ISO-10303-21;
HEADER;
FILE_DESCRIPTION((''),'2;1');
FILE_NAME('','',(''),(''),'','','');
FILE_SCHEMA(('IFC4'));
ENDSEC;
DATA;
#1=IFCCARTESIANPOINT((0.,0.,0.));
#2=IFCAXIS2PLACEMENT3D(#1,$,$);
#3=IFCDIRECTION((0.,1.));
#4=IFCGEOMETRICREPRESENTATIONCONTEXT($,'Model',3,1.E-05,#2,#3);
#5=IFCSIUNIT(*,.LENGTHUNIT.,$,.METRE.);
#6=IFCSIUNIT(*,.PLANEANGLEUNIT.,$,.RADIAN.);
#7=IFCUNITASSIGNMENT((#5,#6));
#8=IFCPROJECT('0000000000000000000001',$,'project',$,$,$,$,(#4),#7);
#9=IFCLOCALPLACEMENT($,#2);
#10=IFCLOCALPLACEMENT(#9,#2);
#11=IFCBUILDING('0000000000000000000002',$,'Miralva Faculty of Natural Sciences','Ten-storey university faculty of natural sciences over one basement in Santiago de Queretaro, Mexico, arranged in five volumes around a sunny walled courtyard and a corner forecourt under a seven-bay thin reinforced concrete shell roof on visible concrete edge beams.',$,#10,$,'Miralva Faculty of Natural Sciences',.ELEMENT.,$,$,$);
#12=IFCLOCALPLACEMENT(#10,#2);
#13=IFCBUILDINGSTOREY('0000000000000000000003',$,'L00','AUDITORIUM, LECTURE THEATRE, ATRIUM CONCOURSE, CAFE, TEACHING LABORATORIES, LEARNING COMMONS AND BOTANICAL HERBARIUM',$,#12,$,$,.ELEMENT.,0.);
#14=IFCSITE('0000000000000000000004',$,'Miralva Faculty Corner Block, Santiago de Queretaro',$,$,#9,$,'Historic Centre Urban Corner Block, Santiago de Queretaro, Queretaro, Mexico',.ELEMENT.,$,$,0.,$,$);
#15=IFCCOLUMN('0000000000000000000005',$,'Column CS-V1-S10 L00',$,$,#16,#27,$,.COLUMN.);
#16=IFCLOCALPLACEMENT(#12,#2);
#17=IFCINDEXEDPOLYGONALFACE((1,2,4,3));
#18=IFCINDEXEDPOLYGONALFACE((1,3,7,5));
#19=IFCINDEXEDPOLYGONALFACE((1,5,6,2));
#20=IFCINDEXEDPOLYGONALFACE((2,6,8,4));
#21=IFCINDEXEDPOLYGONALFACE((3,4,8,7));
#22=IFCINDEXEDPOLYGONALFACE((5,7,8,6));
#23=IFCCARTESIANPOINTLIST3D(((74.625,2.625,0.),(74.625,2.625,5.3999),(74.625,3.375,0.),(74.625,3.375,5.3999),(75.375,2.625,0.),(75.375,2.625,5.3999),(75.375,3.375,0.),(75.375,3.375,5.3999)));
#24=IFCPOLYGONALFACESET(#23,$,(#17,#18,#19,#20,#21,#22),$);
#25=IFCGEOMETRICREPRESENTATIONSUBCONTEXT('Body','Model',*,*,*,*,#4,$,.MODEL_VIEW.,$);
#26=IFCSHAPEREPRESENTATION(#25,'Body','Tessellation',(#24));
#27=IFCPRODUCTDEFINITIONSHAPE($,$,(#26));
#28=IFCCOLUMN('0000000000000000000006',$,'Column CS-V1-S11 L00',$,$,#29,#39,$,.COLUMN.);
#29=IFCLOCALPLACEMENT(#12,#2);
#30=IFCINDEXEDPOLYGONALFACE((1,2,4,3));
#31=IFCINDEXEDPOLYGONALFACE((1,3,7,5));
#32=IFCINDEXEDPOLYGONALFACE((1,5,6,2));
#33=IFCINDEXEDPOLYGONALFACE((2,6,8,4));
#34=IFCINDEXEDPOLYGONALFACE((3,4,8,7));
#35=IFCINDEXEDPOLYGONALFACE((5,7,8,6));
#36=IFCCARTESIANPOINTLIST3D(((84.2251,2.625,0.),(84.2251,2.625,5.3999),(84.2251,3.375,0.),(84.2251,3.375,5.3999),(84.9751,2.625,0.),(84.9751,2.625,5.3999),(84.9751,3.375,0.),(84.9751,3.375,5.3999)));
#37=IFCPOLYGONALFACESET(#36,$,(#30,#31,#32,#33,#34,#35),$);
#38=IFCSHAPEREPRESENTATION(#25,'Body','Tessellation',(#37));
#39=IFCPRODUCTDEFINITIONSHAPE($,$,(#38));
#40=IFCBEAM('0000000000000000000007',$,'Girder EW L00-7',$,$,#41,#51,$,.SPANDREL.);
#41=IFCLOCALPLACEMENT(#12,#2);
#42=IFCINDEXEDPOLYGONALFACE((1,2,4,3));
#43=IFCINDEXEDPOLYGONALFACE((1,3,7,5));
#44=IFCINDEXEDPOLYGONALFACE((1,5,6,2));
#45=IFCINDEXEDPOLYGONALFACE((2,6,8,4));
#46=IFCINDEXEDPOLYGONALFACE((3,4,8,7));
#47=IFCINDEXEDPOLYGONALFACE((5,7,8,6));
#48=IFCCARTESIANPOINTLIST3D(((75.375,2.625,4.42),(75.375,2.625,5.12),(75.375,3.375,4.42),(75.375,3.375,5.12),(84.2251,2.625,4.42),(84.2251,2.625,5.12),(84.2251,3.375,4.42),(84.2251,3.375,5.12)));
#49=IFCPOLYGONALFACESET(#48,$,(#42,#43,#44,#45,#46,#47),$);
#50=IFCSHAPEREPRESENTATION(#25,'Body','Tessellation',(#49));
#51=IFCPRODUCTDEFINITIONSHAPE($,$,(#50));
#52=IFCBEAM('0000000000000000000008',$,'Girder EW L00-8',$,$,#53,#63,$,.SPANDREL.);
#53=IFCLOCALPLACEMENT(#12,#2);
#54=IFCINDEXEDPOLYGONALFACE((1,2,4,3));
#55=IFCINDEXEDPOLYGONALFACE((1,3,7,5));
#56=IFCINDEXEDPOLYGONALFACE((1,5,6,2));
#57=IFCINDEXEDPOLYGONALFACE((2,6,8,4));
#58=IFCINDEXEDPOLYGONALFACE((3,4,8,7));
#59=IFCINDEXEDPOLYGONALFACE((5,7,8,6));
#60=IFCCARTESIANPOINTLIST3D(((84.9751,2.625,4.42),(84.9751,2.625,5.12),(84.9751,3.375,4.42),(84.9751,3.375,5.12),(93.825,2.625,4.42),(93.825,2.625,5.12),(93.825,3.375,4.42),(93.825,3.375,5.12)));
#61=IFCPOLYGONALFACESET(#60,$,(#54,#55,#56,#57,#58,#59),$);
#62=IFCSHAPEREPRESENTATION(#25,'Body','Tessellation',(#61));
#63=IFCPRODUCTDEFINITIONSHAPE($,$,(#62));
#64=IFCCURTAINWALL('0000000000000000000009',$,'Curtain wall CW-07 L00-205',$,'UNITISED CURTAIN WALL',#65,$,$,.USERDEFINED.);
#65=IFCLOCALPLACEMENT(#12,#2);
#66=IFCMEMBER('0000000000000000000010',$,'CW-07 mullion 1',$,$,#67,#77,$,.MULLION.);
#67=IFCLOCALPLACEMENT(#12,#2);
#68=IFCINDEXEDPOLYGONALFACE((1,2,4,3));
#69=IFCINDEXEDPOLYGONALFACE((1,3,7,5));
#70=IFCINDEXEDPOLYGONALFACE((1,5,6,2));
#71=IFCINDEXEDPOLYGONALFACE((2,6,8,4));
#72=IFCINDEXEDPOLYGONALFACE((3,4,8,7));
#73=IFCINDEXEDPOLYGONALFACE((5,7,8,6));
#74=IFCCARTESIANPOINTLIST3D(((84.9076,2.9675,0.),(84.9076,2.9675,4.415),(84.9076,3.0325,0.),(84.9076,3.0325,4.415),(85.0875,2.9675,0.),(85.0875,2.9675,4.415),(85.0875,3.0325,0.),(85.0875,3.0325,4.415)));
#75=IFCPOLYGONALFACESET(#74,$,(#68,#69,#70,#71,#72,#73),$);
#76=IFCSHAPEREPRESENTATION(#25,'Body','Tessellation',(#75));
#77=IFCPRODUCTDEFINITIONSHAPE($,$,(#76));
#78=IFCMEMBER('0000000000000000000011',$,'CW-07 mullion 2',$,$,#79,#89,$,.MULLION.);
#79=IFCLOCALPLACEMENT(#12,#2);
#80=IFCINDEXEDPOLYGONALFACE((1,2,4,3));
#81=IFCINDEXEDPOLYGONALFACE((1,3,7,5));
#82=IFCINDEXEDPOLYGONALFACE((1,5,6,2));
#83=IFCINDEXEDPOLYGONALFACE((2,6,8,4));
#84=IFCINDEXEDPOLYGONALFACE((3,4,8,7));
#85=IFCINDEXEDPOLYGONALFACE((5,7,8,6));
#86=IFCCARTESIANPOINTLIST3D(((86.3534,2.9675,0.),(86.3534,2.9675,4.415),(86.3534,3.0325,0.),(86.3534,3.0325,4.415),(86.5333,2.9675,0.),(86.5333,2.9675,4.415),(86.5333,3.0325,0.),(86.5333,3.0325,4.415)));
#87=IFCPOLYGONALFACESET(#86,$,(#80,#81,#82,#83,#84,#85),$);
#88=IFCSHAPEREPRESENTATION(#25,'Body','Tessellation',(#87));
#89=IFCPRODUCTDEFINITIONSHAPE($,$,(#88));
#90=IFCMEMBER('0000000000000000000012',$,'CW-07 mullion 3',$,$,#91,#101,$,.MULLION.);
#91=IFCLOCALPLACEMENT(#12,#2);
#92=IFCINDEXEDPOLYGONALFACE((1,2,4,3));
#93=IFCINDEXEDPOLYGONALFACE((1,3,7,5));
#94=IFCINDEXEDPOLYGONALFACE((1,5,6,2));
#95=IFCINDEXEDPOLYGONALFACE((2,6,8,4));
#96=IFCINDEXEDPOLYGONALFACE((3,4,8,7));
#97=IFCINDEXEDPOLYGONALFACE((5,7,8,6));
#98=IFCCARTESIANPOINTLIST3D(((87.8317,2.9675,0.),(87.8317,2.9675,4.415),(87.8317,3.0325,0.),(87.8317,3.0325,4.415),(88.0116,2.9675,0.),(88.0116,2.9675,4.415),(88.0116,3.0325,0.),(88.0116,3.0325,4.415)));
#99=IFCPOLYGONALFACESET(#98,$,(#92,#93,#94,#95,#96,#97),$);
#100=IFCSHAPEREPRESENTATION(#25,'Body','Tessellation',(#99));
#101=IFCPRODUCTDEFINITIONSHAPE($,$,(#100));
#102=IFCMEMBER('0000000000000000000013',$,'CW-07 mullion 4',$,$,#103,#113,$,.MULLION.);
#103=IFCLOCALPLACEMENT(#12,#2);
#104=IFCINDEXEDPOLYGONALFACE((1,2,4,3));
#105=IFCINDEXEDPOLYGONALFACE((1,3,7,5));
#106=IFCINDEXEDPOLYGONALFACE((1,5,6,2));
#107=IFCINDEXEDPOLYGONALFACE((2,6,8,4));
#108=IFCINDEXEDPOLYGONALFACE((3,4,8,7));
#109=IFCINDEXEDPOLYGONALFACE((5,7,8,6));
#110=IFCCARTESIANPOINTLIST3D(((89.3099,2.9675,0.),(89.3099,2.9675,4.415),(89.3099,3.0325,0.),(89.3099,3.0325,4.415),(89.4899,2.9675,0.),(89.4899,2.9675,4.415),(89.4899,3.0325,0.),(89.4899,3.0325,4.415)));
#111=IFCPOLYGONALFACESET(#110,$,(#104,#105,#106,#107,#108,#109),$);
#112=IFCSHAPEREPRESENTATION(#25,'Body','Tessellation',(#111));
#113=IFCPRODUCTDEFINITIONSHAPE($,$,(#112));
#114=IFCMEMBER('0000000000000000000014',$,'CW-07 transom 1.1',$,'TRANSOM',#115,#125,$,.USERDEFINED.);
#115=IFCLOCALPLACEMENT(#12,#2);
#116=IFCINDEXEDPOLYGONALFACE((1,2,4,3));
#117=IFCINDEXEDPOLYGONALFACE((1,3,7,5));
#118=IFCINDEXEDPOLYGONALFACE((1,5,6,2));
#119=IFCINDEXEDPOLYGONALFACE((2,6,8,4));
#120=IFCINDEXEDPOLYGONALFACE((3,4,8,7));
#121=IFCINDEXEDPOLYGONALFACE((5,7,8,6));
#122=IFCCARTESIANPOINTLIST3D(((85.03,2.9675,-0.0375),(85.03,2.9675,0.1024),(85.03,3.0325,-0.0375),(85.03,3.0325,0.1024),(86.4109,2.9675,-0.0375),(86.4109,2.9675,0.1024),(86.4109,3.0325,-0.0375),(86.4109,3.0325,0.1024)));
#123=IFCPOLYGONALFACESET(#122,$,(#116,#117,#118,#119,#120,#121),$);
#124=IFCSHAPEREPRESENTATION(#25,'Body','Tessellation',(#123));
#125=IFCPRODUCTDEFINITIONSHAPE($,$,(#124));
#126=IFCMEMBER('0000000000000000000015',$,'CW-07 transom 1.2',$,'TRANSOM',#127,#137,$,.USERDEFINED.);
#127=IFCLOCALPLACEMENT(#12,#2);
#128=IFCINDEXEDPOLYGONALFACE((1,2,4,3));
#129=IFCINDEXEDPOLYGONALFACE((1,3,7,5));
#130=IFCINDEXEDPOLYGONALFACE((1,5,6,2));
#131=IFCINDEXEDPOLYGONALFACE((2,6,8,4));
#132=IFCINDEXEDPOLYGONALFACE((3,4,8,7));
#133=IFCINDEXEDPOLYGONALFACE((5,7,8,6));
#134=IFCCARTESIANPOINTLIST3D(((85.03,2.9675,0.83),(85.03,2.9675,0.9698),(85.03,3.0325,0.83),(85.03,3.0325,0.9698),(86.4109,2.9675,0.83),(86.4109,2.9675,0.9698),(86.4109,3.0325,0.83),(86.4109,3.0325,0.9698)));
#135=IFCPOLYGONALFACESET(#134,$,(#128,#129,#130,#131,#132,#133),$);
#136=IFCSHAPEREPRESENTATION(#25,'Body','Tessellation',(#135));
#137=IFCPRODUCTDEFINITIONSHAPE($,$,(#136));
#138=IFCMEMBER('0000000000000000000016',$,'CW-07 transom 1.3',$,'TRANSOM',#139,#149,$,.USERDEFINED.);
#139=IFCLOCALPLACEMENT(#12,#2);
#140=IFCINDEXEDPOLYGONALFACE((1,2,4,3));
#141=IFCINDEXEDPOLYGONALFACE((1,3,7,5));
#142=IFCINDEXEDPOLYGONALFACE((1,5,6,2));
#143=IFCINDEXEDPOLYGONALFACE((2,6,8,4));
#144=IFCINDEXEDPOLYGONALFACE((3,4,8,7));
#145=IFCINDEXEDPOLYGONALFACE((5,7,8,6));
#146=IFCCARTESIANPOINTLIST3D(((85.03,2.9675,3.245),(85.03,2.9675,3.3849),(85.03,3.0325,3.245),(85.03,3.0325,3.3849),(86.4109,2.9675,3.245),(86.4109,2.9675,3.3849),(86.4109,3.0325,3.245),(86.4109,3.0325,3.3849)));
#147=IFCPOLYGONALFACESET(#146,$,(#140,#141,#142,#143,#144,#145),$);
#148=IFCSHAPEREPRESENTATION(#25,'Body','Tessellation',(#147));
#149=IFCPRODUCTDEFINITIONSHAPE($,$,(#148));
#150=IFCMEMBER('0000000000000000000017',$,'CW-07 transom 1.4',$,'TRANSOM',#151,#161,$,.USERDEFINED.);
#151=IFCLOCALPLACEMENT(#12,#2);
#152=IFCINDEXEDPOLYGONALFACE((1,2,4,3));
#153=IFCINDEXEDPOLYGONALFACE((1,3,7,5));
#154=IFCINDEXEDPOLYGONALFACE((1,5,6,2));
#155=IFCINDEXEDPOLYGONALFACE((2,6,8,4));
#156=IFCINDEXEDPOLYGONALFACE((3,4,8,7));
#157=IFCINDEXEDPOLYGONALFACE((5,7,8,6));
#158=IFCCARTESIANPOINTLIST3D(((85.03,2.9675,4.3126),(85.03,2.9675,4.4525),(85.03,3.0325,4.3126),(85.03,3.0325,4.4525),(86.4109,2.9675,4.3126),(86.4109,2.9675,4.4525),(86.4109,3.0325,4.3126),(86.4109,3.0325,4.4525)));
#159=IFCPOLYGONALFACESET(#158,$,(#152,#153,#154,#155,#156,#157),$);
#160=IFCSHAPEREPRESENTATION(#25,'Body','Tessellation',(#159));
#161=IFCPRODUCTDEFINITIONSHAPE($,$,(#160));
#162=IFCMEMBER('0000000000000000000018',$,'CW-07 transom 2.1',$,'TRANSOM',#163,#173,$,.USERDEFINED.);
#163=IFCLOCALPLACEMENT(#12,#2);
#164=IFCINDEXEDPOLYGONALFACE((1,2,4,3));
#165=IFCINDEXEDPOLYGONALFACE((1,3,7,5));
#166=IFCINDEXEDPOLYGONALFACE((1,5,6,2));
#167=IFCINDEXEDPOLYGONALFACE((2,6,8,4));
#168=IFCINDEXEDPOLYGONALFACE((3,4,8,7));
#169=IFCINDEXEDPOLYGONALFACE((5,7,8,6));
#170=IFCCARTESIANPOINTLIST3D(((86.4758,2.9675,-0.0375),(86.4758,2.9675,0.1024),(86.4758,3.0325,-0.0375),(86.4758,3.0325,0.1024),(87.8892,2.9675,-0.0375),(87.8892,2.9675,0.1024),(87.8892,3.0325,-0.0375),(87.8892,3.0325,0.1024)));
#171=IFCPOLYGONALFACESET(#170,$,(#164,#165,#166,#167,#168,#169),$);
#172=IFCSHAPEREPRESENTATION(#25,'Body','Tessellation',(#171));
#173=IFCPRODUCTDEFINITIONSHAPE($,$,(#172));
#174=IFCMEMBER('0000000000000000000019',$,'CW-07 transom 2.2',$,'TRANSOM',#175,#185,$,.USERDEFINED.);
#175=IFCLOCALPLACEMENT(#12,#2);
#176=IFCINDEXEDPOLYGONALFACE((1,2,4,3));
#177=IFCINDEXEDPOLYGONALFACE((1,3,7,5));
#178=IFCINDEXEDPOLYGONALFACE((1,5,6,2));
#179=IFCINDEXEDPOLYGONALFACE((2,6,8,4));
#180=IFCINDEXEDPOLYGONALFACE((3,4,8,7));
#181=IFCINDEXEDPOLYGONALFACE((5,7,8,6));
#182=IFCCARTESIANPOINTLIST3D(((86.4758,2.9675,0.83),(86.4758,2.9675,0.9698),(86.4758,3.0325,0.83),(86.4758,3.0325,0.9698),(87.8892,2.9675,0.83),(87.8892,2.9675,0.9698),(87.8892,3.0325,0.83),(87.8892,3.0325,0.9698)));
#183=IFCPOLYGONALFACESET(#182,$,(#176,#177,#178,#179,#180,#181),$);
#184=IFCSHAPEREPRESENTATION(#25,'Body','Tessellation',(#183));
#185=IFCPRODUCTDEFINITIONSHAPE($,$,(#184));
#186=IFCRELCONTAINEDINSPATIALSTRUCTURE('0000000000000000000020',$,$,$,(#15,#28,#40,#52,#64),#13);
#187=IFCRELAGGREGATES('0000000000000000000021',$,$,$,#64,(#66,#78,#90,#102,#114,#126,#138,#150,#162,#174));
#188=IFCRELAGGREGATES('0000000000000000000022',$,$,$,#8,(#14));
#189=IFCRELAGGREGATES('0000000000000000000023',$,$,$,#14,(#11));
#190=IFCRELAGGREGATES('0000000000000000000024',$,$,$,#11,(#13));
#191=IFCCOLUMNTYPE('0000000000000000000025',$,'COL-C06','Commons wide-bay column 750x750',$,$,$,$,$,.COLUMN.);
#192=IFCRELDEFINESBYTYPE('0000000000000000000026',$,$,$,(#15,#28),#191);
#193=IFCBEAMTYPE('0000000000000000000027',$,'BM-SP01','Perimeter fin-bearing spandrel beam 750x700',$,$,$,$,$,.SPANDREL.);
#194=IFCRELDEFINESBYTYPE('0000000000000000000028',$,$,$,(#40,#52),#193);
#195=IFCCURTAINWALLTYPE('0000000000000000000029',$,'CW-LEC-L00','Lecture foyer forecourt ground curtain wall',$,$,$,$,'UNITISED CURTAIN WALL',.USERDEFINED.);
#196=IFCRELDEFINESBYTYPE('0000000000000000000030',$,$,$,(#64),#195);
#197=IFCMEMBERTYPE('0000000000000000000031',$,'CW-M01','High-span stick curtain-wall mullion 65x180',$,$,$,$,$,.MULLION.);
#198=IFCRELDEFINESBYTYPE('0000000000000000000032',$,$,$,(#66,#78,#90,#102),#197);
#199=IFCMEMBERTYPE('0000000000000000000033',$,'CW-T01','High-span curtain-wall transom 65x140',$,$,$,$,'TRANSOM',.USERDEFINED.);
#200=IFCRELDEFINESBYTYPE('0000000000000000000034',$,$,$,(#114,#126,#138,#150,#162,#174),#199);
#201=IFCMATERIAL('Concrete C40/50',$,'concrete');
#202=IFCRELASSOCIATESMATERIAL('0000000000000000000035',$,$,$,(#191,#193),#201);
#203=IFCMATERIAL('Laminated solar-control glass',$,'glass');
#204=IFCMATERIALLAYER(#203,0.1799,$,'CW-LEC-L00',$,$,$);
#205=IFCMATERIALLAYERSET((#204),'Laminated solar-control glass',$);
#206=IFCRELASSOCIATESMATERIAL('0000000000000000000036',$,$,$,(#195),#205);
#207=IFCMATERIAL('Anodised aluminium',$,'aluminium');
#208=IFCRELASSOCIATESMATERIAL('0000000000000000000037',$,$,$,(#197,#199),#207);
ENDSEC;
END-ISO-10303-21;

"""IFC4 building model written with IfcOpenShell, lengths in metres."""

from ifc_helpers import new_model, si_unit, direction, frame, origin, origin_2d, place, context, subcontext, project, spatial, rectangle, extrude, material, layer, layer_set, material_profile, profile_set, type_object, element, aggregate, save


model = new_model("IFC4")

# Units and contexts
model_context = context("Model", 3, precision=1e-05, world=origin(), true_north=direction((0.0, 1.0)))
body_context = subcontext(model_context, "Body", "Model", "MODEL_VIEW")
ifc_project = project(units=[si_unit("LENGTHUNIT", "METRE"), si_unit("PLANEANGLEUNIT", "RADIAN")], contexts=[model_context])

# Site, building, storey
site_placement = place(None, origin())
site = spatial("IfcSite", under=ifc_project, at=site_placement, Name="Miralva Faculty Corner Block, Santiago de Queretaro", LongName="Historic Centre Urban Corner Block, Santiago de Queretaro, Queretaro, Mexico", CompositionType="ELEMENT", RefElevation=0.0)
building_placement = place(site_placement, origin())
building = spatial("IfcBuilding", under=site, at=building_placement, Name="Miralva Faculty of Natural Sciences", Description="Ten-storey university faculty of natural sciences over one basement in Santiago de Queretaro, Mexico, arranged in five volumes around a sunny walled courtyard and a corner forecourt under a seven-bay thin reinforced concrete shell roof on visible concrete edge beams.", LongName="Miralva Faculty of Natural Sciences", CompositionType="ELEMENT")
storey_placement = place(building_placement, origin())
storey = spatial("IfcBuildingStorey", under=building, at=storey_placement, Name="L00", Description="AUDITORIUM, LECTURE THEATRE, ATRIUM CONCOURSE, CAFE, TEACHING LABORATORIES, LEARNING COMMONS AND BOTANICAL HERBARIUM", CompositionType="ELEMENT", Elevation=0.0)

# Columns
ifc_material_1 = material(Name="Concrete C40/50", Category="concrete")
ifc_material_profile_1 = material_profile(ifc_material_1, rectangle(XDim=0.75, YDim=0.75, at=origin_2d()), Name="RC 750x750")
ifc_profile_set_1 = profile_set([ifc_material_profile_1], Name="Concrete C40/50")
column_type = type_object("IfcColumnType", Name="COL-C06", Description="Commons wide-bay column 750x750", PredefinedType="COLUMN", material=ifc_profile_set_1)
for number, where, z_axis, x_axis, name in (
    (1, (75.0, 3.0, 0.0), (0.0, 0.0, 1.0), (1.0, 0.0, 0.0), "Column CS-V1-S10 L00"),
    (2, (84.6001, 3.0, 0.0), (0.0, 0.0, 1.0), (1.0, 0.0, 0.0), "Column CS-V1-S11 L00"),
):
    element("IfcColumn", number, at=place(storey_placement, frame(where, z_axis=z_axis, x_axis=x_axis)), inside=storey, type_object=column_type, Name=name, PredefinedType="COLUMN", context=body_context, shape_type="SweptSolid", body=[
        extrude(rectangle(XDim=0.75, YDim=0.75, at=origin_2d()), origin(), (0.0, 0.0, 1.0), 5.3999),
    ])

# Beams
ifc_material_profile_2 = material_profile(ifc_material_1, rectangle(XDim=0.75, YDim=0.7, at=origin_2d()), Name="RC 750x700")
ifc_profile_set_2 = profile_set([ifc_material_profile_2], Name="Concrete C40/50")
beam_type = type_object("IfcBeamType", Name="BM-SP01", Description="Perimeter fin-bearing spandrel beam 750x700", PredefinedType="SPANDREL", material=ifc_profile_set_2)
beam_1_placement = place(storey_placement, frame((75.375, 3.0, 4.77), z_axis=(1.0, 0.0, 0.0), x_axis=(0.0, 1.0, 0.0)))
element("IfcBeam", 3, at=beam_1_placement, inside=storey, type_object=beam_type, Name="Girder EW L00-7", PredefinedType="SPANDREL", context=body_context, shape_type="SweptSolid", body=[
    extrude(rectangle(XDim=0.75, YDim=0.7, at=origin_2d()), origin(), (0.0, 0.0, 1.0), 8.8501),
])
beam_2_placement = place(storey_placement, frame((84.9751, 3.0, 4.77), z_axis=(1.0, 0.0, 0.0), x_axis=(0.0, 1.0, 0.0)))
element("IfcBeam", 4, at=beam_2_placement, inside=storey, type_object=beam_type, Name="Girder EW L00-8", PredefinedType="SPANDREL", context=body_context, shape_type="SweptSolid", body=[
    extrude(rectangle(XDim=0.75, YDim=0.7, at=origin_2d()), origin(), (0.0, 0.0, 1.0), 8.8499),
])

# Curtain wall, members
ifc_material_2 = material(Name="Laminated solar-control glass", Category="glass")
ifc_layer_1 = layer(ifc_material_2, 0.1799, Name="CW-LEC-L00")
ifc_layer_set_1 = layer_set([ifc_layer_1], Name="Laminated solar-control glass")
curtain_wall_type = type_object("IfcCurtainWallType", Name="CW-LEC-L00", Description="Lecture foyer forecourt ground curtain wall", ElementType="UNITISED CURTAIN WALL", PredefinedType="USERDEFINED", material=ifc_layer_set_1)
curtain_wall_placement = place(storey_placement, origin())
curtain_wall = element("IfcCurtainWall", 5, at=curtain_wall_placement, inside=storey, type_object=curtain_wall_type, Name="Curtain wall CW-07 L00-205", ObjectType="UNITISED CURTAIN WALL", PredefinedType="USERDEFINED")
ifc_material_3 = material(Name="Anodised aluminium", Category="aluminium")
ifc_material_profile_3 = material_profile(ifc_material_3, rectangle(XDim=0.0649, YDim=0.1799, at=origin_2d()), Name="MULLION 65x180")
ifc_profile_set_3 = profile_set([ifc_material_profile_3], Name="Anodised aluminium")
member_type_1 = type_object("IfcMemberType", Name="CW-M01", Description="High-span stick curtain-wall mullion 65x180", PredefinedType="MULLION", material=ifc_profile_set_3)
member_1_placement = place(storey_placement, frame((84.9976, 3.0, 0.0), z_axis=(0.0, 0.0, 1.0), x_axis=(0.0, 1.0, 0.0)))
member_1 = element("IfcMember", 6, at=member_1_placement, type_object=member_type_1, Name="CW-07 mullion 1", PredefinedType="MULLION", context=body_context, shape_type="SweptSolid", body=[
    extrude(rectangle(XDim=0.0649, YDim=0.1799, at=origin_2d()), origin(), (0.0, 0.0, 1.0), 4.415),
])
member_2_placement = place(storey_placement, frame((86.4434, 3.0, 0.0), z_axis=(0.0, 0.0, 1.0), x_axis=(0.0, 1.0, 0.0)))
member_2 = element("IfcMember", 7, at=member_2_placement, type_object=member_type_1, Name="CW-07 mullion 2", PredefinedType="MULLION", context=body_context, shape_type="SweptSolid", body=[
    extrude(rectangle(XDim=0.0649, YDim=0.1799, at=origin_2d()), origin(), (0.0, 0.0, 1.0), 4.415),
])
member_3_placement = place(storey_placement, frame((87.9216, 3.0, 0.0), z_axis=(0.0, 0.0, 1.0), x_axis=(0.0, 1.0, 0.0)))
member_3 = element("IfcMember", 8, at=member_3_placement, type_object=member_type_1, Name="CW-07 mullion 3", PredefinedType="MULLION", context=body_context, shape_type="SweptSolid", body=[
    extrude(rectangle(XDim=0.0649, YDim=0.1799, at=origin_2d()), origin(), (0.0, 0.0, 1.0), 4.415),
])
member_4_placement = place(storey_placement, frame((89.3999, 3.0, 0.0), z_axis=(0.0, 0.0, 1.0), x_axis=(0.0, 1.0, 0.0)))
member_4 = element("IfcMember", 9, at=member_4_placement, type_object=member_type_1, Name="CW-07 mullion 4", PredefinedType="MULLION", context=body_context, shape_type="SweptSolid", body=[
    extrude(rectangle(XDim=0.0649, YDim=0.1799, at=origin_2d()), origin(), (0.0, 0.0, 1.0), 4.415),
])
ifc_material_profile_4 = material_profile(ifc_material_3, rectangle(XDim=0.0649, YDim=0.1399, at=origin_2d()), Name="TRANSOM 65x140")
ifc_profile_set_4 = profile_set([ifc_material_profile_4], Name="Anodised aluminium")
member_type_2 = type_object("IfcMemberType", Name="CW-T01", Description="High-span curtain-wall transom 65x140", ElementType="TRANSOM", PredefinedType="USERDEFINED", material=ifc_profile_set_4)
member_5_placement = place(storey_placement, frame((85.03, 3.0, 0.0325), z_axis=(1.0, 0.0, 0.0), x_axis=(0.0, 1.0, 0.0)))
member_5 = element("IfcMember", 10, at=member_5_placement, type_object=member_type_2, Name="CW-07 transom 1.1", ObjectType="TRANSOM", PredefinedType="USERDEFINED", context=body_context, shape_type="SweptSolid", body=[
    extrude(rectangle(XDim=0.0649, YDim=0.1399, at=origin_2d()), origin(), (0.0, 0.0, 1.0), 1.3809),
])
member_6_placement = place(storey_placement, frame((85.03, 3.0, 0.8999), z_axis=(1.0, 0.0, 0.0), x_axis=(0.0, 1.0, 0.0)))
member_6 = element("IfcMember", 11, at=member_6_placement, type_object=member_type_2, Name="CW-07 transom 1.2", ObjectType="TRANSOM", PredefinedType="USERDEFINED", context=body_context, shape_type="SweptSolid", body=[
    extrude(rectangle(XDim=0.0649, YDim=0.1399, at=origin_2d()), origin(), (0.0, 0.0, 1.0), 1.3809),
])
member_7_placement = place(storey_placement, frame((85.03, 3.0, 3.3149), z_axis=(1.0, 0.0, 0.0), x_axis=(0.0, 1.0, 0.0)))
member_7 = element("IfcMember", 12, at=member_7_placement, type_object=member_type_2, Name="CW-07 transom 1.3", ObjectType="TRANSOM", PredefinedType="USERDEFINED", context=body_context, shape_type="SweptSolid", body=[
    extrude(rectangle(XDim=0.0649, YDim=0.1399, at=origin_2d()), origin(), (0.0, 0.0, 1.0), 1.3809),
])
member_8_placement = place(storey_placement, frame((85.03, 3.0, 4.3826), z_axis=(1.0, 0.0, 0.0), x_axis=(0.0, 1.0, 0.0)))
member_8 = element("IfcMember", 13, at=member_8_placement, type_object=member_type_2, Name="CW-07 transom 1.4", ObjectType="TRANSOM", PredefinedType="USERDEFINED", context=body_context, shape_type="SweptSolid", body=[
    extrude(rectangle(XDim=0.0649, YDim=0.1399, at=origin_2d()), origin(), (0.0, 0.0, 1.0), 1.3809),
])
member_9_placement = place(storey_placement, frame((86.4758, 3.0, 0.0325), z_axis=(1.0, 0.0, 0.0), x_axis=(0.0, 1.0, 0.0)))
member_9 = element("IfcMember", 14, at=member_9_placement, type_object=member_type_2, Name="CW-07 transom 2.1", ObjectType="TRANSOM", PredefinedType="USERDEFINED", context=body_context, shape_type="SweptSolid", body=[
    extrude(rectangle(XDim=0.0649, YDim=0.1399, at=origin_2d()), origin(), (0.0, 0.0, 1.0), 1.4133),
])
member_10_placement = place(storey_placement, frame((86.4758, 3.0, 0.8999), z_axis=(1.0, 0.0, 0.0), x_axis=(0.0, 1.0, 0.0)))
member_10 = element("IfcMember", 15, at=member_10_placement, type_object=member_type_2, Name="CW-07 transom 2.2", ObjectType="TRANSOM", PredefinedType="USERDEFINED", context=body_context, shape_type="SweptSolid", body=[
    extrude(rectangle(XDim=0.0649, YDim=0.1399, at=origin_2d()), origin(), (0.0, 0.0, 1.0), 1.4133),
])
aggregate(curtain_wall, [member_1, member_2, member_3, member_4, member_5, member_6, member_7, member_8, member_9, member_10])

save(model, "model.ifc")
